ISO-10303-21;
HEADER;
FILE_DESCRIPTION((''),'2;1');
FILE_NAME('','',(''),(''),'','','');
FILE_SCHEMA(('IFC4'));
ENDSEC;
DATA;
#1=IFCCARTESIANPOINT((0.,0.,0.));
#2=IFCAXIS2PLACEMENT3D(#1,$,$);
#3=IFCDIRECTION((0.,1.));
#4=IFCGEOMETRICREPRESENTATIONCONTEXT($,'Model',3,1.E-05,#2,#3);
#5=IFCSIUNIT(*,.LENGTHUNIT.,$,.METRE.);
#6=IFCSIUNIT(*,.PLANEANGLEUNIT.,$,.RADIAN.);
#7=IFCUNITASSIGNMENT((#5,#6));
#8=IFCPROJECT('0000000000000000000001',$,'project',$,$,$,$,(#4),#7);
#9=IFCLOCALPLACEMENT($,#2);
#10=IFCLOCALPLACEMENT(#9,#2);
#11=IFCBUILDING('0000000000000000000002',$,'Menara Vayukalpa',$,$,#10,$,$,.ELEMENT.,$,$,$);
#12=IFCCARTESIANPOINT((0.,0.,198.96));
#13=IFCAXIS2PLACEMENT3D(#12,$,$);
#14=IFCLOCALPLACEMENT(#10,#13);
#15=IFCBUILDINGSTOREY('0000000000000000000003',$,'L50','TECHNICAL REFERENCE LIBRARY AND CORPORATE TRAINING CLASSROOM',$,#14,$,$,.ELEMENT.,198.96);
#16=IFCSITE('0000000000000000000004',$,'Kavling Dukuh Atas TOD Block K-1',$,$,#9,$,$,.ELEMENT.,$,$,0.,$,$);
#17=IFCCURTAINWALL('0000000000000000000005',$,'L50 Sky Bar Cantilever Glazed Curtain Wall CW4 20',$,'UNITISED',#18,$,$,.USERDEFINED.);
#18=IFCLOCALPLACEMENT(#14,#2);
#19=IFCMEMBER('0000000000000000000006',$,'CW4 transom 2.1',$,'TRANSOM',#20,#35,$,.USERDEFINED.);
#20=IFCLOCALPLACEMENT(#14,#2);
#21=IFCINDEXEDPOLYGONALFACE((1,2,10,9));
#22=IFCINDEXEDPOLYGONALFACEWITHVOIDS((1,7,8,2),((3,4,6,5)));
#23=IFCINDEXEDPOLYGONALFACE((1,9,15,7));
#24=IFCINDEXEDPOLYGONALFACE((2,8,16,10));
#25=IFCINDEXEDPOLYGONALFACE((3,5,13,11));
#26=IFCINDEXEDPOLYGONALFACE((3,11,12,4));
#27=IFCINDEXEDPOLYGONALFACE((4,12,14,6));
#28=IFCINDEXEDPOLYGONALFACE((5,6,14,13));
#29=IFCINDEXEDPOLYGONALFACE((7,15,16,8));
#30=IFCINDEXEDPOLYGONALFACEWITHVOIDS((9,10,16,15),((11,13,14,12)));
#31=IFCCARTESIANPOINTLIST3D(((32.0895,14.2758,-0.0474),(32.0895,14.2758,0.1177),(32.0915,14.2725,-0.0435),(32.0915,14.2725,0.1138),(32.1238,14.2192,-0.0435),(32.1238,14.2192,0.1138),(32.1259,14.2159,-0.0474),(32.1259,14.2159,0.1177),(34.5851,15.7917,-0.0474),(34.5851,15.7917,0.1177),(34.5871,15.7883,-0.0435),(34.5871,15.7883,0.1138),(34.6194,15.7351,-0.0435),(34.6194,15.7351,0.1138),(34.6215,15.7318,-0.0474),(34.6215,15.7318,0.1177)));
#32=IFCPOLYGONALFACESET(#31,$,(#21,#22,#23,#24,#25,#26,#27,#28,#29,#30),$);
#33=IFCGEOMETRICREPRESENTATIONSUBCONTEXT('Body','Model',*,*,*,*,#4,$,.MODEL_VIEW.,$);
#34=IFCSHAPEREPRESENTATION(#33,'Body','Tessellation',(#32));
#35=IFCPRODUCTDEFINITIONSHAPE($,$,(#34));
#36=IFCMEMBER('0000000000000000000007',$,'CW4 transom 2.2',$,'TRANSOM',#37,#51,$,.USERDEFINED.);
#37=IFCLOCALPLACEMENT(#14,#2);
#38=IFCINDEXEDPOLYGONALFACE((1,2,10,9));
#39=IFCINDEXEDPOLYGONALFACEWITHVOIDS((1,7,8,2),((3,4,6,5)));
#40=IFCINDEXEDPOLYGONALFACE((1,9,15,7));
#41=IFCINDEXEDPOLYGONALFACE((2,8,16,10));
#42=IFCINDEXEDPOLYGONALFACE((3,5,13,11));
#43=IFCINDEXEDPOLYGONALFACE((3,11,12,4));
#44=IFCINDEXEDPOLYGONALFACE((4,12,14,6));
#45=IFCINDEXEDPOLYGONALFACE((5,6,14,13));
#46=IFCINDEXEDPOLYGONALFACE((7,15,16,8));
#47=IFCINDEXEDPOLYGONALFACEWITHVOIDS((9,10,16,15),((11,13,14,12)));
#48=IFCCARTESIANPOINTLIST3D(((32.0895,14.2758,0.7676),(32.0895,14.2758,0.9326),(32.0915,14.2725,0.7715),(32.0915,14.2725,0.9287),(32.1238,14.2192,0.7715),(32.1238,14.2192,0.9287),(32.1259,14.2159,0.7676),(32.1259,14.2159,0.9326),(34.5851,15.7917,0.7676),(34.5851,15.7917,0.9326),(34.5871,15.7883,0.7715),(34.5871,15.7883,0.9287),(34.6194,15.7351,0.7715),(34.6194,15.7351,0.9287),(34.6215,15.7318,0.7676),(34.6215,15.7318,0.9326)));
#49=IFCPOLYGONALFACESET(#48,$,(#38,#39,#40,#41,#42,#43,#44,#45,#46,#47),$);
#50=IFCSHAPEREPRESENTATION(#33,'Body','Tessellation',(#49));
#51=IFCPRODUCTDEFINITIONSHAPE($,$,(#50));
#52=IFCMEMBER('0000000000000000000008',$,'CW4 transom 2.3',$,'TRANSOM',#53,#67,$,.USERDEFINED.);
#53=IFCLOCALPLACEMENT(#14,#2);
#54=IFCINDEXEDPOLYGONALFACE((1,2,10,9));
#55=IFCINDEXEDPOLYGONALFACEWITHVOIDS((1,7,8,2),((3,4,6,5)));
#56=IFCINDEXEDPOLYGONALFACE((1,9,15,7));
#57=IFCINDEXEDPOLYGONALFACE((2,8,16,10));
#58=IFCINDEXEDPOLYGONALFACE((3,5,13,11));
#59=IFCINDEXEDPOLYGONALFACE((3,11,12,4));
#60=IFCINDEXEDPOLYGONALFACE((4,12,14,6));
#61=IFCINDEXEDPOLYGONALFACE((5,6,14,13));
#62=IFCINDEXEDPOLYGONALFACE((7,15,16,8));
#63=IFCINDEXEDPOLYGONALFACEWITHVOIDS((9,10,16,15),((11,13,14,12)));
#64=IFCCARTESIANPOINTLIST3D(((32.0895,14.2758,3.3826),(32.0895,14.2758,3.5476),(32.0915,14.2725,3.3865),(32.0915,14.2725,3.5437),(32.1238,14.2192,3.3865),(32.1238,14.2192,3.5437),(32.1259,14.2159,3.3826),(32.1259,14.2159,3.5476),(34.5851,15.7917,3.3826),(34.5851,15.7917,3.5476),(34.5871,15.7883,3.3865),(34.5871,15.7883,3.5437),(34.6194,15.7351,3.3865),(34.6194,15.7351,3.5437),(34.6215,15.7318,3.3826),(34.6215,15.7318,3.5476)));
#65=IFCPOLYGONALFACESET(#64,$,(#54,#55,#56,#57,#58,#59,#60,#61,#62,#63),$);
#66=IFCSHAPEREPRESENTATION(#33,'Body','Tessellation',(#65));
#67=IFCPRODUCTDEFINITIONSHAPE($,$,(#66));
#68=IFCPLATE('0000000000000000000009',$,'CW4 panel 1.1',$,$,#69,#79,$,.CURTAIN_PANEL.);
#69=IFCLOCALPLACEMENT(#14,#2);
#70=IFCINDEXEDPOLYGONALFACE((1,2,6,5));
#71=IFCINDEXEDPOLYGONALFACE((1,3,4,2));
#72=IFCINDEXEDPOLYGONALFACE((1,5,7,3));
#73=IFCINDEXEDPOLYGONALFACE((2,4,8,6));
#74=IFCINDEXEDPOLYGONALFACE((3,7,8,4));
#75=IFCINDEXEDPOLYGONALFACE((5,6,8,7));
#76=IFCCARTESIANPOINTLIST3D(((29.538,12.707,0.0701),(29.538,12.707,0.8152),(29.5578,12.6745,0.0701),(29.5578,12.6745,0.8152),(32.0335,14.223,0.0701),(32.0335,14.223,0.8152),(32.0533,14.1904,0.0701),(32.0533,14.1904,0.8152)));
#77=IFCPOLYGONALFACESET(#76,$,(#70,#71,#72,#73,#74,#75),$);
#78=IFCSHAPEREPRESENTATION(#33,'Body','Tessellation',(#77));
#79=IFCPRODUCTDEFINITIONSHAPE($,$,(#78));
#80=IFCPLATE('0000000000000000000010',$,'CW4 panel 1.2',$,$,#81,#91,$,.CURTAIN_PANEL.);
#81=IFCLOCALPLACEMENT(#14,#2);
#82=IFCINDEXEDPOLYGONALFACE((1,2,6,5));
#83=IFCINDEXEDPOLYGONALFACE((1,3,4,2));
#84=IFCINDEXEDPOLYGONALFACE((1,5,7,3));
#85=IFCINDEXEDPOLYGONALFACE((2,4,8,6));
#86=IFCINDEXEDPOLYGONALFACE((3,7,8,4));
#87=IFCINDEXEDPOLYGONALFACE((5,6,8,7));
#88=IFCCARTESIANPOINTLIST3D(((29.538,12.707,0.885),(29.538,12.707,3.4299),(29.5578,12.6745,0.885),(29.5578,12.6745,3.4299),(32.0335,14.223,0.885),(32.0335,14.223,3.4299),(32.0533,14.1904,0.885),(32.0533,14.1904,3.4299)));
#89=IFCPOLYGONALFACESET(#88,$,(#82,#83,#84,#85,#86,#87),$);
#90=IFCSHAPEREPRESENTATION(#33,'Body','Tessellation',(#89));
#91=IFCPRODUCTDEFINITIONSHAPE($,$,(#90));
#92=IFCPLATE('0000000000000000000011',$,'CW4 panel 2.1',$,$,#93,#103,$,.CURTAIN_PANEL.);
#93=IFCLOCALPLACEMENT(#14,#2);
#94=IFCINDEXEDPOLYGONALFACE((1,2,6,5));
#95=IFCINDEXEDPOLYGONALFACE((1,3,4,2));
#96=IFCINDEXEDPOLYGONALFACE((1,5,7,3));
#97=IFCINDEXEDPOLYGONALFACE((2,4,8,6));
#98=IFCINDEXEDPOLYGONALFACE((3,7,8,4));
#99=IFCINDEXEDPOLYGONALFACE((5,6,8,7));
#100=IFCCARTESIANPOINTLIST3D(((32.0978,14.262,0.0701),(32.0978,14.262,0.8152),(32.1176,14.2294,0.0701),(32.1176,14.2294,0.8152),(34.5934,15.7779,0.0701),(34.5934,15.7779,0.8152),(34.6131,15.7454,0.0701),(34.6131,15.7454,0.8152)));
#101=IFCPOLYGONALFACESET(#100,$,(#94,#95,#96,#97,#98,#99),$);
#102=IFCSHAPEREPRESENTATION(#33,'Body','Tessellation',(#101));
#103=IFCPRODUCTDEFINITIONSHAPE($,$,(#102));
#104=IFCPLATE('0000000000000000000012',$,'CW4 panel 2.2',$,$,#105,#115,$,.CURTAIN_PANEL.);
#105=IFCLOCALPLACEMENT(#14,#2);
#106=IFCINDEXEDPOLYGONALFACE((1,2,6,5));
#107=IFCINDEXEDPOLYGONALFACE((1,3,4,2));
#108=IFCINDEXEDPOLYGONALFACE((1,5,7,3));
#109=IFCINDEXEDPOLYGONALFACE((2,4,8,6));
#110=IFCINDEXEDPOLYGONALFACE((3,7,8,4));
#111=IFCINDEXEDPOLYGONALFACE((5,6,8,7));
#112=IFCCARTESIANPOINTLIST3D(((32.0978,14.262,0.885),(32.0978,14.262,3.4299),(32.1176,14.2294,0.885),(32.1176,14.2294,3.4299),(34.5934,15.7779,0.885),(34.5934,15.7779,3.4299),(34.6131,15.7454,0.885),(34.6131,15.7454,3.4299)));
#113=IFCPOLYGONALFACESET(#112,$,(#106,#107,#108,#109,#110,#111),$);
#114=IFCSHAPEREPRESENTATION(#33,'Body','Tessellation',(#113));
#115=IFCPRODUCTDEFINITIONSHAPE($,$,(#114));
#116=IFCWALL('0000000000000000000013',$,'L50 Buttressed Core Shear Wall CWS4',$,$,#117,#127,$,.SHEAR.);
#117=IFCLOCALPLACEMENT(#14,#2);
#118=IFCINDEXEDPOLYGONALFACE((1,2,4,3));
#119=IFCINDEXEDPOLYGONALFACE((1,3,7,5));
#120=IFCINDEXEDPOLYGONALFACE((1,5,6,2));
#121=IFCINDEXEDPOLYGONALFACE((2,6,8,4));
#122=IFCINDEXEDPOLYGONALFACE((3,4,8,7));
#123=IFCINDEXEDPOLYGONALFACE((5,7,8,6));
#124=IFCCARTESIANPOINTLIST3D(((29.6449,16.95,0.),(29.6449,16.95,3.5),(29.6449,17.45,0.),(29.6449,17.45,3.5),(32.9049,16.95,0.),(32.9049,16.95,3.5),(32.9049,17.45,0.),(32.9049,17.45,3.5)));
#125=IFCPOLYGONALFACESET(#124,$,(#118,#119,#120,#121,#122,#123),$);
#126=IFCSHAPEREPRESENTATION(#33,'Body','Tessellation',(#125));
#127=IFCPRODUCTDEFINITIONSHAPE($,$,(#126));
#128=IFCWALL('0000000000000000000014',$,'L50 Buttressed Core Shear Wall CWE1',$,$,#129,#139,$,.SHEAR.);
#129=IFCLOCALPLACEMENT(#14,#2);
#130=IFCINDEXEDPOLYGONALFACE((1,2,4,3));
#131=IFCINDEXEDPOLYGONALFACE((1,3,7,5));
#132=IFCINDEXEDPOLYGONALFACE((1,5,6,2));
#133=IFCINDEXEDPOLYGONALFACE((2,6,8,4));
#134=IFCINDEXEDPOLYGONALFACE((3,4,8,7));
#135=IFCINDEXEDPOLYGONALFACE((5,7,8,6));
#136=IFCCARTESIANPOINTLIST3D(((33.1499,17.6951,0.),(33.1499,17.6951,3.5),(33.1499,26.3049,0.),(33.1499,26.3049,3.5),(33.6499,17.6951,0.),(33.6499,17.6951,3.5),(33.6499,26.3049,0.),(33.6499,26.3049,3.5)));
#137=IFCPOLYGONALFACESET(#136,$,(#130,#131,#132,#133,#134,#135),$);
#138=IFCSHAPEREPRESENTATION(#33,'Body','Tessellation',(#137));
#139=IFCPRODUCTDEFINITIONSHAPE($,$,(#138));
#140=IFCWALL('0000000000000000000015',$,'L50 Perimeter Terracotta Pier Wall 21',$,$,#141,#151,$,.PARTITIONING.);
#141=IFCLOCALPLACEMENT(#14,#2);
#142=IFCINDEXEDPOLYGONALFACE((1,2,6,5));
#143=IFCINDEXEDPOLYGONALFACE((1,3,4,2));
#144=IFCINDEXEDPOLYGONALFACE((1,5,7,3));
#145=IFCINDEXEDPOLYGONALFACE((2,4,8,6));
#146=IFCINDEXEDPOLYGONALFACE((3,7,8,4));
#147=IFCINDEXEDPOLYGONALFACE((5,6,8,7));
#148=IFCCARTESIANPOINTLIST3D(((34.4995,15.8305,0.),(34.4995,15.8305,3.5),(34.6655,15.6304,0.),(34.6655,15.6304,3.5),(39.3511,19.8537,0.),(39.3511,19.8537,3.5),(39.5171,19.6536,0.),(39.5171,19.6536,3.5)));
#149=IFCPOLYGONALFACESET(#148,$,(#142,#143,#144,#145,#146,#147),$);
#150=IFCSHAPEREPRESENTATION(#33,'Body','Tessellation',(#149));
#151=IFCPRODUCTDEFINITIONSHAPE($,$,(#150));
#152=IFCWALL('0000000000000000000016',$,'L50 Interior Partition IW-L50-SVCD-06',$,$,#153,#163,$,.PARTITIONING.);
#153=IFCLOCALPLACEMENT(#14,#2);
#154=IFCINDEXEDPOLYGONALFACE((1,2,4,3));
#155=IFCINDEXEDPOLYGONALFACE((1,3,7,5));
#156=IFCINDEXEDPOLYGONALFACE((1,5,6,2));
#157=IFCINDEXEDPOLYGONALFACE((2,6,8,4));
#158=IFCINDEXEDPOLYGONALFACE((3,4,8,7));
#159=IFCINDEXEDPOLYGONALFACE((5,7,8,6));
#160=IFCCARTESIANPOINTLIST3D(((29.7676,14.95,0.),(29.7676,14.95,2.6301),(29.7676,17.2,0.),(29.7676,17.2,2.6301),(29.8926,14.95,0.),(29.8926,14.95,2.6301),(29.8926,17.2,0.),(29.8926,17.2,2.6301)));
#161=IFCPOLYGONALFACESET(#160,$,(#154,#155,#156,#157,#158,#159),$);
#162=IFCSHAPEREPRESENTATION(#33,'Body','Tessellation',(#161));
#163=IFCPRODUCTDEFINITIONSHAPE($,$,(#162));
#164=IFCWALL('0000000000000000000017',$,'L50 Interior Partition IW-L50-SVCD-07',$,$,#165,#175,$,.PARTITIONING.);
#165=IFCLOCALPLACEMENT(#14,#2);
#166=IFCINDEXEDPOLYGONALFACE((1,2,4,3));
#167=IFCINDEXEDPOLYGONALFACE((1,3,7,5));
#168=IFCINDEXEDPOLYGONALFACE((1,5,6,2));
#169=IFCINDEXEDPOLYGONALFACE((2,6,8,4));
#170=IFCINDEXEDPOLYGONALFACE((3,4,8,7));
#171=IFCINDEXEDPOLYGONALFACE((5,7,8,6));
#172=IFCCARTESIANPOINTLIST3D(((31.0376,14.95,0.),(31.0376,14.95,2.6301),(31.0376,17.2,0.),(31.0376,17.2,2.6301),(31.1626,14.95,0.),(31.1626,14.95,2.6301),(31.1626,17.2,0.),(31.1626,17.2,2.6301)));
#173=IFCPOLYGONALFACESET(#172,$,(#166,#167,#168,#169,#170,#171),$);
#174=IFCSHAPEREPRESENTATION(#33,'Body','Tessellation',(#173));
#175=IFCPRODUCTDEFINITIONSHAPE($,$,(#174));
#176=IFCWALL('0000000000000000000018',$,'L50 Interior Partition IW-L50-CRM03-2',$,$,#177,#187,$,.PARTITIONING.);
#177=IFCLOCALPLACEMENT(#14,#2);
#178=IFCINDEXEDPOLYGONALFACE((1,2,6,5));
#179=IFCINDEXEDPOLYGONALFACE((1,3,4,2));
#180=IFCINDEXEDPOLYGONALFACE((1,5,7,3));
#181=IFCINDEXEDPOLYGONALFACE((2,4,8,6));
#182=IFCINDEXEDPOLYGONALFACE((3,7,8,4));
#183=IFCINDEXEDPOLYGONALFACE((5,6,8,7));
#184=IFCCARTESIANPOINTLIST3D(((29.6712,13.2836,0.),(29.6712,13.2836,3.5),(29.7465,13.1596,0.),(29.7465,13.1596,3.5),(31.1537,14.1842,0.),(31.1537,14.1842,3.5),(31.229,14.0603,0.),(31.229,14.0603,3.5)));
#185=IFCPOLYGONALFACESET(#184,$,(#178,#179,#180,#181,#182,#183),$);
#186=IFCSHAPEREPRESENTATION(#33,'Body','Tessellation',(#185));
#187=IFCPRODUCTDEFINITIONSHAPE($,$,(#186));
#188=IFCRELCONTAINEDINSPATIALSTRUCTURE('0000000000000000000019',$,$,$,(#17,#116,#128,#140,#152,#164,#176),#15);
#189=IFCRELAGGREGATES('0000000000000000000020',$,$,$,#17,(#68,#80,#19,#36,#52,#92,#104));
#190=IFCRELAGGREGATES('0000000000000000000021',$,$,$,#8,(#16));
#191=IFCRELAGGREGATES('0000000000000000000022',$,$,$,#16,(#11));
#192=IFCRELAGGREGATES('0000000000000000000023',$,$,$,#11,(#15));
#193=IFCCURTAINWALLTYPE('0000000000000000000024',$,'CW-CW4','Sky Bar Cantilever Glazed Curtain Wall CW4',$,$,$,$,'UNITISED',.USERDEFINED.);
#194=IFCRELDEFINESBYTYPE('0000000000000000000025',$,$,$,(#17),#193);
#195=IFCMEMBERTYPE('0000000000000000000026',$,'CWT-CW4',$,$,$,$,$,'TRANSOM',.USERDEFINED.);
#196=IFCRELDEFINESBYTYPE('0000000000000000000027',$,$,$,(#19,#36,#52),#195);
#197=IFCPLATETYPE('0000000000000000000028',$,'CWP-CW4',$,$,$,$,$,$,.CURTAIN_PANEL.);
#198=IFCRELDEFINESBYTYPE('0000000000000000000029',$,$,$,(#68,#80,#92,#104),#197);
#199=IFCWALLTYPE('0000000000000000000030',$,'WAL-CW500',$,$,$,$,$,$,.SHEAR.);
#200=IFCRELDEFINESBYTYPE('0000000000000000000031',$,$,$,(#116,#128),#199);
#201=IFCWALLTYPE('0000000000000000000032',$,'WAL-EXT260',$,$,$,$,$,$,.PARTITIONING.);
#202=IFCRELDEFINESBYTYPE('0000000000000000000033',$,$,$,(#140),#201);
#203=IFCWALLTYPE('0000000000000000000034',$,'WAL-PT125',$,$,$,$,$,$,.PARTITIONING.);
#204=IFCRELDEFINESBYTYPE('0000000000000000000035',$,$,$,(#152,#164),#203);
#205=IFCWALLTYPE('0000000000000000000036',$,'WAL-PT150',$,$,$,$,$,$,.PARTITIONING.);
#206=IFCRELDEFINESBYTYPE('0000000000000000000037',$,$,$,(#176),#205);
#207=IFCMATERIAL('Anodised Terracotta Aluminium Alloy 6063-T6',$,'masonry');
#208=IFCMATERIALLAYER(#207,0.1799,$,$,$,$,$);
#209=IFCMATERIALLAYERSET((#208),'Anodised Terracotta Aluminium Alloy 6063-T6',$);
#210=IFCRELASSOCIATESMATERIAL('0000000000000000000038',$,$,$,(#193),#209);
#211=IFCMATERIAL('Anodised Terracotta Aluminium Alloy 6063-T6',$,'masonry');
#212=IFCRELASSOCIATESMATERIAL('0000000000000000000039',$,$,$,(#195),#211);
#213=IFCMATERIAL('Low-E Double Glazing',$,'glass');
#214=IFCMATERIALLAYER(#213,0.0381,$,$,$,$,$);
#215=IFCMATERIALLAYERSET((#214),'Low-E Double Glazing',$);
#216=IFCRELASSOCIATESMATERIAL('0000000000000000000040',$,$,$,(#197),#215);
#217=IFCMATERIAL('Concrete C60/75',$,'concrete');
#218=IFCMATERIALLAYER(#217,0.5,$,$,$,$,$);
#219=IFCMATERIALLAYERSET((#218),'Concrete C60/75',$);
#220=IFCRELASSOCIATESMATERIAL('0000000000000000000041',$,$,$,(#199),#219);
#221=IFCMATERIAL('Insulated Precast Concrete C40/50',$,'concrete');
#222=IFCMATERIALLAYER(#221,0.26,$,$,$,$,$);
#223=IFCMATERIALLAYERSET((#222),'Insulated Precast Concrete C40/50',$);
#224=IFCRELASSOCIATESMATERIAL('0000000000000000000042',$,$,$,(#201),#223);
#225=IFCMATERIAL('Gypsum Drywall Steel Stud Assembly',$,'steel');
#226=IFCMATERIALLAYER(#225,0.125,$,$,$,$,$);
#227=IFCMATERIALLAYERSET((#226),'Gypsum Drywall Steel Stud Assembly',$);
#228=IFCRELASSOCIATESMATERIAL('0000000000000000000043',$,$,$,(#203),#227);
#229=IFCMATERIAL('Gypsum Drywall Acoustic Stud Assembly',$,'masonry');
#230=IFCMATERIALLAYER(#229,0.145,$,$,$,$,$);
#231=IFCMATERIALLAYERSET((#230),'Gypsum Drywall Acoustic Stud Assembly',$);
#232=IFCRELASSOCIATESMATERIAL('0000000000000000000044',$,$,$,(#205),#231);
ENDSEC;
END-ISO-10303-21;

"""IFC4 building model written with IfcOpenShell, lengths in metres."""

from ifc_helpers import new_model, si_unit, direction, frame, frame_2d, origin, origin_2d, place, context, subcontext, project, spatial, rectangle, hollow_rectangle, extrude, material, layer, layer_set, material_profile, profile_set, type_object, element, aggregate, save


model = new_model("IFC4")

# Units and contexts
model_context = context("Model", 3, precision=1e-05, world=origin(), true_north=direction((0.0, 1.0)))
body_context = subcontext(model_context, "Body", "Model", "MODEL_VIEW")
ifc_project = project(units=[si_unit("LENGTHUNIT", "METRE"), si_unit("PLANEANGLEUNIT", "RADIAN")], contexts=[model_context])

# Site, building, storey
site_placement = place(None, origin())
site = spatial("IfcSite", under=ifc_project, at=site_placement, Name="Kavling Dukuh Atas TOD Block K-1", CompositionType="ELEMENT", RefElevation=0.0)
building_placement = place(site_placement, origin())
building = spatial("IfcBuilding", under=site, at=building_placement, Name="Menara Vayukalpa", CompositionType="ELEMENT")
storey_placement = place(building_placement, frame((0.0, 0.0, 198.96)))
storey = spatial("IfcBuildingStorey", under=building, at=storey_placement, Name="L50", Description="TECHNICAL REFERENCE LIBRARY AND CORPORATE TRAINING CLASSROOM", CompositionType="ELEMENT", Elevation=198.96)

# Shared definitions
ifc_material_1 = material(Name="Anodised Terracotta Aluminium Alloy 6063-T6", Category="masonry")
ifc_layer_1 = layer(ifc_material_1, 0.1799)
ifc_layer_set_1 = layer_set([ifc_layer_1], Name="Anodised Terracotta Aluminium Alloy 6063-T6")
curtain_wall_type = type_object("IfcCurtainWallType", Name="CW-CW4", Description="Sky Bar Cantilever Glazed Curtain Wall CW4", ElementType="UNITISED", PredefinedType="USERDEFINED", material=ifc_layer_set_1)

# Curtain wall, members, plates
curtain_wall_1_placement = place(storey_placement, origin())
curtain_wall_1 = element("IfcCurtainWall", 1, at=curtain_wall_1_placement, inside=storey, type_object=curtain_wall_type, Name="L50 Sky Bar Cantilever Glazed Curtain Wall CW4 20", ObjectType="UNITISED", PredefinedType="USERDEFINED")
ifc_material_2 = material(Name="Anodised Terracotta Aluminium Alloy 6063-T6", Category="masonry")
ifc_material_profile_1 = material_profile(ifc_material_2, hollow_rectangle(XDim=0.0701, YDim=0.165, WallThickness=0.0039, at=origin_2d()), Name="ALU 70x165x4")
ifc_profile_set_1 = profile_set([ifc_material_profile_1], Name="Anodised Terracotta Aluminium Alloy 6063-T6")
member_type_1 = type_object("IfcMemberType", Name="CWT-CW4", ElementType="TRANSOM", PredefinedType="USERDEFINED", material=ifc_profile_set_1)
member_1_placement = place(storey_placement, frame((32.1077, 14.2458, 0.0352), z_axis=(0.854684, 0.519148, 0.0), x_axis=(-0.519148, 0.854684, 0.0)))
member_1 = element("IfcMember", 2, at=member_1_placement, type_object=member_type_1, Name="CW4 transom 2.1", ObjectType="TRANSOM", PredefinedType="USERDEFINED", context=body_context, shape_type="SweptSolid", body=[
    extrude(hollow_rectangle(XDim=0.0701, YDim=0.165, WallThickness=0.0039, at=origin_2d()), origin(), (0.0, 0.0, 1.0), 2.9199),
])
member_2_placement = place(storey_placement, frame((32.1077, 14.2458, 0.8501), z_axis=(0.854684, 0.519148, 0.0), x_axis=(-0.519148, 0.854684, 0.0)))
member_2 = element("IfcMember", 3, at=member_2_placement, type_object=member_type_1, Name="CW4 transom 2.2", ObjectType="TRANSOM", PredefinedType="USERDEFINED", context=body_context, shape_type="SweptSolid", body=[
    extrude(hollow_rectangle(XDim=0.0701, YDim=0.165, WallThickness=0.0039, at=origin_2d()), origin(), (0.0, 0.0, 1.0), 2.9199),
])
member_3_placement = place(storey_placement, frame((32.1077, 14.2458, 3.4651), z_axis=(0.854684, 0.519148, 0.0), x_axis=(-0.519148, 0.854684, 0.0)))
member_3 = element("IfcMember", 4, at=member_3_placement, type_object=member_type_1, Name="CW4 transom 2.3", ObjectType="TRANSOM", PredefinedType="USERDEFINED", context=body_context, shape_type="SweptSolid", body=[
    extrude(hollow_rectangle(XDim=0.0701, YDim=0.165, WallThickness=0.0039, at=origin_2d()), origin(), (0.0, 0.0, 1.0), 2.9199),
])
ifc_material_3 = material(Name="Low-E Double Glazing", Category="glass")
ifc_layer_2 = layer(ifc_material_3, 0.0381)
ifc_layer_set_2 = layer_set([ifc_layer_2], Name="Low-E Double Glazing")
plate_type = type_object("IfcPlateType", Name="CWP-CW4", PredefinedType="CURTAIN_PANEL", material=ifc_layer_set_2)
plate_1_placement = place(storey_placement, frame((30.7957, 13.4487, 0.0701), z_axis=(0.0, 0.0, 1.0), x_axis=(0.854665, 0.51918, 0.0)))
plate_1 = element("IfcPlate", 5, at=plate_1_placement, type_object=plate_type, Name="CW4 panel 1.1", PredefinedType="CURTAIN_PANEL", context=body_context, shape_type="SweptSolid", body=[
    extrude(rectangle(XDim=2.9199, YDim=0.0381, at=origin_2d()), origin(), (0.0, 0.0, 1.0), 0.7451),
])
plate_2_placement = place(storey_placement, frame((30.7957, 13.4487, 0.885), z_axis=(0.0, 0.0, 1.0), x_axis=(0.854665, 0.51918, 0.0)))
plate_2 = element("IfcPlate", 6, at=plate_2_placement, type_object=plate_type, Name="CW4 panel 1.2", PredefinedType="CURTAIN_PANEL", context=body_context, shape_type="SweptSolid", body=[
    extrude(rectangle(XDim=2.9199, YDim=0.0381, at=origin_2d()), origin(), (0.0, 0.0, 1.0), 2.5449),
])
plate_3_placement = place(storey_placement, frame((33.3555, 15.0037, 0.0701), z_axis=(0.0, 0.0, 1.0), x_axis=(0.854665, 0.51918, 0.0)))
plate_3 = element("IfcPlate", 7, at=plate_3_placement, type_object=plate_type, Name="CW4 panel 2.1", PredefinedType="CURTAIN_PANEL", context=body_context, shape_type="SweptSolid", body=[
    extrude(rectangle(XDim=2.9199, YDim=0.0381, at=origin_2d()), origin(), (0.0, 0.0, 1.0), 0.7451),
])
plate_4_placement = place(storey_placement, frame((33.3555, 15.0037, 0.885), z_axis=(0.0, 0.0, 1.0), x_axis=(0.854665, 0.51918, 0.0)))
plate_4 = element("IfcPlate", 8, at=plate_4_placement, type_object=plate_type, Name="CW4 panel 2.2", PredefinedType="CURTAIN_PANEL", context=body_context, shape_type="SweptSolid", body=[
    extrude(rectangle(XDim=2.9199, YDim=0.0381, at=origin_2d()), origin(), (0.0, 0.0, 1.0), 2.5449),
])
aggregate(curtain_wall_1, [plate_1, plate_2, member_1, member_2, member_3, plate_3, plate_4])

# Walls
ifc_material_4 = material(Name="Concrete C60/75", Category="concrete")
ifc_layer_3 = layer(ifc_material_4, 0.5)
ifc_layer_set_3 = layer_set([ifc_layer_3], Name="Concrete C60/75")
wall_type_1 = type_object("IfcWallType", Name="WAL-CW500", PredefinedType="SHEAR", material=ifc_layer_set_3)
wall_1_placement = place(storey_placement, frame((29.645, 17.2, 0.0), z_axis=(0.0, 0.0, 1.0), x_axis=(1.0, 0.0, 0.0)))
element("IfcWall", 9, at=wall_1_placement, inside=storey, type_object=wall_type_1, Name="L50 Buttressed Core Shear Wall CWS4", PredefinedType="SHEAR", context=body_context, shape_type="SweptSolid", body=[
    extrude(rectangle(XDim=3.26, YDim=0.5, at=frame_2d((1.6299, 0.0))), origin(), (0.0, 0.0, 1.0), 3.5),
])
wall_2_placement = place(storey_placement, frame((33.3999, 17.6951, 0.0), z_axis=(0.0, 0.0, 1.0), x_axis=(0.0, 1.0, 0.0)))
element("IfcWall", 10, at=wall_2_placement, inside=storey, type_object=wall_type_1, Name="L50 Buttressed Core Shear Wall CWE1", PredefinedType="SHEAR", context=body_context, shape_type="SweptSolid", body=[
    extrude(rectangle(XDim=8.6099, YDim=0.5, at=frame_2d((4.3049, 0.0))), origin(), (0.0, 0.0, 1.0), 3.5),
])
ifc_material_5 = material(Name="Insulated Precast Concrete C40/50", Category="concrete")
ifc_layer_4 = layer(ifc_material_5, 0.26)
ifc_layer_set_4 = layer_set([ifc_layer_4], Name="Insulated Precast Concrete C40/50")
wall_type_2 = type_object("IfcWallType", Name="WAL-EXT260", PredefinedType="PARTITIONING", material=ifc_layer_set_4)
wall_3_placement = place(storey_placement, frame((39.4341, 19.7537, 0.0), z_axis=(0.0, 0.0, 1.0), x_axis=(-0.769762, -0.638331, 0.0)))
element("IfcWall", 11, at=wall_3_placement, inside=storey, type_object=wall_type_2, Name="L50 Perimeter Terracotta Pier Wall 21", PredefinedType="PARTITIONING", context=body_context, shape_type="SweptSolid", body=[
    extrude(rectangle(XDim=6.3027, YDim=0.26, at=frame_2d((3.1514, 0.0))), origin(), (0.0, 0.0, 1.0), 3.5),
])
ifc_material_6 = material(Name="Gypsum Drywall Steel Stud Assembly", Category="steel")
ifc_layer_5 = layer(ifc_material_6, 0.125)
ifc_layer_set_5 = layer_set([ifc_layer_5], Name="Gypsum Drywall Steel Stud Assembly")
wall_type_3 = type_object("IfcWallType", Name="WAL-PT125", PredefinedType="PARTITIONING", material=ifc_layer_set_5)
for number, where, z_axis, x_axis, name in (
    (12, (29.8301, 14.95, 0.0), (0.0, 0.0, 1.0), (0.0, 1.0, 0.0), "L50 Interior Partition IW-L50-SVCD-06"),
    (13, (31.1001, 14.95, 0.0), (0.0, 0.0, 1.0), (0.0, 1.0, 0.0), "L50 Interior Partition IW-L50-SVCD-07"),
):
    element("IfcWall", number, at=place(storey_placement, frame(where, z_axis=z_axis, x_axis=x_axis)), inside=storey, type_object=wall_type_3, Name=name, PredefinedType="PARTITIONING", context=body_context, shape_type="SweptSolid", body=[
        extrude(rectangle(XDim=2.25, YDim=0.125, at=frame_2d((1.125, 0.0))), origin(), (0.0, 0.0, 1.0), 2.6301),
    ])
ifc_material_7 = material(Name="Gypsum Drywall Acoustic Stud Assembly", Category="masonry")
ifc_layer_6 = layer(ifc_material_7, 0.145)
ifc_layer_set_6 = layer_set([ifc_layer_6], Name="Gypsum Drywall Acoustic Stud Assembly")
wall_type_4 = type_object("IfcWallType", Name="WAL-PT150", PredefinedType="PARTITIONING", material=ifc_layer_set_6)
wall_4_placement = place(storey_placement, frame((29.709, 13.2217, 0.0), z_axis=(0.0, 0.0, 1.0), x_axis=(0.854636, 0.519228, 0.0)))
element("IfcWall", 14, at=wall_4_placement, inside=storey, type_object=wall_type_4, Name="L50 Interior Partition IW-L50-CRM03-2", PredefinedType="PARTITIONING", context=body_context, shape_type="SweptSolid", body=[
    extrude(rectangle(XDim=1.7346, YDim=0.145, at=frame_2d((0.8672, 0.0))), origin(), (0.0, 0.0, 1.0), 3.5),
])

save(model, "model.ifc")
